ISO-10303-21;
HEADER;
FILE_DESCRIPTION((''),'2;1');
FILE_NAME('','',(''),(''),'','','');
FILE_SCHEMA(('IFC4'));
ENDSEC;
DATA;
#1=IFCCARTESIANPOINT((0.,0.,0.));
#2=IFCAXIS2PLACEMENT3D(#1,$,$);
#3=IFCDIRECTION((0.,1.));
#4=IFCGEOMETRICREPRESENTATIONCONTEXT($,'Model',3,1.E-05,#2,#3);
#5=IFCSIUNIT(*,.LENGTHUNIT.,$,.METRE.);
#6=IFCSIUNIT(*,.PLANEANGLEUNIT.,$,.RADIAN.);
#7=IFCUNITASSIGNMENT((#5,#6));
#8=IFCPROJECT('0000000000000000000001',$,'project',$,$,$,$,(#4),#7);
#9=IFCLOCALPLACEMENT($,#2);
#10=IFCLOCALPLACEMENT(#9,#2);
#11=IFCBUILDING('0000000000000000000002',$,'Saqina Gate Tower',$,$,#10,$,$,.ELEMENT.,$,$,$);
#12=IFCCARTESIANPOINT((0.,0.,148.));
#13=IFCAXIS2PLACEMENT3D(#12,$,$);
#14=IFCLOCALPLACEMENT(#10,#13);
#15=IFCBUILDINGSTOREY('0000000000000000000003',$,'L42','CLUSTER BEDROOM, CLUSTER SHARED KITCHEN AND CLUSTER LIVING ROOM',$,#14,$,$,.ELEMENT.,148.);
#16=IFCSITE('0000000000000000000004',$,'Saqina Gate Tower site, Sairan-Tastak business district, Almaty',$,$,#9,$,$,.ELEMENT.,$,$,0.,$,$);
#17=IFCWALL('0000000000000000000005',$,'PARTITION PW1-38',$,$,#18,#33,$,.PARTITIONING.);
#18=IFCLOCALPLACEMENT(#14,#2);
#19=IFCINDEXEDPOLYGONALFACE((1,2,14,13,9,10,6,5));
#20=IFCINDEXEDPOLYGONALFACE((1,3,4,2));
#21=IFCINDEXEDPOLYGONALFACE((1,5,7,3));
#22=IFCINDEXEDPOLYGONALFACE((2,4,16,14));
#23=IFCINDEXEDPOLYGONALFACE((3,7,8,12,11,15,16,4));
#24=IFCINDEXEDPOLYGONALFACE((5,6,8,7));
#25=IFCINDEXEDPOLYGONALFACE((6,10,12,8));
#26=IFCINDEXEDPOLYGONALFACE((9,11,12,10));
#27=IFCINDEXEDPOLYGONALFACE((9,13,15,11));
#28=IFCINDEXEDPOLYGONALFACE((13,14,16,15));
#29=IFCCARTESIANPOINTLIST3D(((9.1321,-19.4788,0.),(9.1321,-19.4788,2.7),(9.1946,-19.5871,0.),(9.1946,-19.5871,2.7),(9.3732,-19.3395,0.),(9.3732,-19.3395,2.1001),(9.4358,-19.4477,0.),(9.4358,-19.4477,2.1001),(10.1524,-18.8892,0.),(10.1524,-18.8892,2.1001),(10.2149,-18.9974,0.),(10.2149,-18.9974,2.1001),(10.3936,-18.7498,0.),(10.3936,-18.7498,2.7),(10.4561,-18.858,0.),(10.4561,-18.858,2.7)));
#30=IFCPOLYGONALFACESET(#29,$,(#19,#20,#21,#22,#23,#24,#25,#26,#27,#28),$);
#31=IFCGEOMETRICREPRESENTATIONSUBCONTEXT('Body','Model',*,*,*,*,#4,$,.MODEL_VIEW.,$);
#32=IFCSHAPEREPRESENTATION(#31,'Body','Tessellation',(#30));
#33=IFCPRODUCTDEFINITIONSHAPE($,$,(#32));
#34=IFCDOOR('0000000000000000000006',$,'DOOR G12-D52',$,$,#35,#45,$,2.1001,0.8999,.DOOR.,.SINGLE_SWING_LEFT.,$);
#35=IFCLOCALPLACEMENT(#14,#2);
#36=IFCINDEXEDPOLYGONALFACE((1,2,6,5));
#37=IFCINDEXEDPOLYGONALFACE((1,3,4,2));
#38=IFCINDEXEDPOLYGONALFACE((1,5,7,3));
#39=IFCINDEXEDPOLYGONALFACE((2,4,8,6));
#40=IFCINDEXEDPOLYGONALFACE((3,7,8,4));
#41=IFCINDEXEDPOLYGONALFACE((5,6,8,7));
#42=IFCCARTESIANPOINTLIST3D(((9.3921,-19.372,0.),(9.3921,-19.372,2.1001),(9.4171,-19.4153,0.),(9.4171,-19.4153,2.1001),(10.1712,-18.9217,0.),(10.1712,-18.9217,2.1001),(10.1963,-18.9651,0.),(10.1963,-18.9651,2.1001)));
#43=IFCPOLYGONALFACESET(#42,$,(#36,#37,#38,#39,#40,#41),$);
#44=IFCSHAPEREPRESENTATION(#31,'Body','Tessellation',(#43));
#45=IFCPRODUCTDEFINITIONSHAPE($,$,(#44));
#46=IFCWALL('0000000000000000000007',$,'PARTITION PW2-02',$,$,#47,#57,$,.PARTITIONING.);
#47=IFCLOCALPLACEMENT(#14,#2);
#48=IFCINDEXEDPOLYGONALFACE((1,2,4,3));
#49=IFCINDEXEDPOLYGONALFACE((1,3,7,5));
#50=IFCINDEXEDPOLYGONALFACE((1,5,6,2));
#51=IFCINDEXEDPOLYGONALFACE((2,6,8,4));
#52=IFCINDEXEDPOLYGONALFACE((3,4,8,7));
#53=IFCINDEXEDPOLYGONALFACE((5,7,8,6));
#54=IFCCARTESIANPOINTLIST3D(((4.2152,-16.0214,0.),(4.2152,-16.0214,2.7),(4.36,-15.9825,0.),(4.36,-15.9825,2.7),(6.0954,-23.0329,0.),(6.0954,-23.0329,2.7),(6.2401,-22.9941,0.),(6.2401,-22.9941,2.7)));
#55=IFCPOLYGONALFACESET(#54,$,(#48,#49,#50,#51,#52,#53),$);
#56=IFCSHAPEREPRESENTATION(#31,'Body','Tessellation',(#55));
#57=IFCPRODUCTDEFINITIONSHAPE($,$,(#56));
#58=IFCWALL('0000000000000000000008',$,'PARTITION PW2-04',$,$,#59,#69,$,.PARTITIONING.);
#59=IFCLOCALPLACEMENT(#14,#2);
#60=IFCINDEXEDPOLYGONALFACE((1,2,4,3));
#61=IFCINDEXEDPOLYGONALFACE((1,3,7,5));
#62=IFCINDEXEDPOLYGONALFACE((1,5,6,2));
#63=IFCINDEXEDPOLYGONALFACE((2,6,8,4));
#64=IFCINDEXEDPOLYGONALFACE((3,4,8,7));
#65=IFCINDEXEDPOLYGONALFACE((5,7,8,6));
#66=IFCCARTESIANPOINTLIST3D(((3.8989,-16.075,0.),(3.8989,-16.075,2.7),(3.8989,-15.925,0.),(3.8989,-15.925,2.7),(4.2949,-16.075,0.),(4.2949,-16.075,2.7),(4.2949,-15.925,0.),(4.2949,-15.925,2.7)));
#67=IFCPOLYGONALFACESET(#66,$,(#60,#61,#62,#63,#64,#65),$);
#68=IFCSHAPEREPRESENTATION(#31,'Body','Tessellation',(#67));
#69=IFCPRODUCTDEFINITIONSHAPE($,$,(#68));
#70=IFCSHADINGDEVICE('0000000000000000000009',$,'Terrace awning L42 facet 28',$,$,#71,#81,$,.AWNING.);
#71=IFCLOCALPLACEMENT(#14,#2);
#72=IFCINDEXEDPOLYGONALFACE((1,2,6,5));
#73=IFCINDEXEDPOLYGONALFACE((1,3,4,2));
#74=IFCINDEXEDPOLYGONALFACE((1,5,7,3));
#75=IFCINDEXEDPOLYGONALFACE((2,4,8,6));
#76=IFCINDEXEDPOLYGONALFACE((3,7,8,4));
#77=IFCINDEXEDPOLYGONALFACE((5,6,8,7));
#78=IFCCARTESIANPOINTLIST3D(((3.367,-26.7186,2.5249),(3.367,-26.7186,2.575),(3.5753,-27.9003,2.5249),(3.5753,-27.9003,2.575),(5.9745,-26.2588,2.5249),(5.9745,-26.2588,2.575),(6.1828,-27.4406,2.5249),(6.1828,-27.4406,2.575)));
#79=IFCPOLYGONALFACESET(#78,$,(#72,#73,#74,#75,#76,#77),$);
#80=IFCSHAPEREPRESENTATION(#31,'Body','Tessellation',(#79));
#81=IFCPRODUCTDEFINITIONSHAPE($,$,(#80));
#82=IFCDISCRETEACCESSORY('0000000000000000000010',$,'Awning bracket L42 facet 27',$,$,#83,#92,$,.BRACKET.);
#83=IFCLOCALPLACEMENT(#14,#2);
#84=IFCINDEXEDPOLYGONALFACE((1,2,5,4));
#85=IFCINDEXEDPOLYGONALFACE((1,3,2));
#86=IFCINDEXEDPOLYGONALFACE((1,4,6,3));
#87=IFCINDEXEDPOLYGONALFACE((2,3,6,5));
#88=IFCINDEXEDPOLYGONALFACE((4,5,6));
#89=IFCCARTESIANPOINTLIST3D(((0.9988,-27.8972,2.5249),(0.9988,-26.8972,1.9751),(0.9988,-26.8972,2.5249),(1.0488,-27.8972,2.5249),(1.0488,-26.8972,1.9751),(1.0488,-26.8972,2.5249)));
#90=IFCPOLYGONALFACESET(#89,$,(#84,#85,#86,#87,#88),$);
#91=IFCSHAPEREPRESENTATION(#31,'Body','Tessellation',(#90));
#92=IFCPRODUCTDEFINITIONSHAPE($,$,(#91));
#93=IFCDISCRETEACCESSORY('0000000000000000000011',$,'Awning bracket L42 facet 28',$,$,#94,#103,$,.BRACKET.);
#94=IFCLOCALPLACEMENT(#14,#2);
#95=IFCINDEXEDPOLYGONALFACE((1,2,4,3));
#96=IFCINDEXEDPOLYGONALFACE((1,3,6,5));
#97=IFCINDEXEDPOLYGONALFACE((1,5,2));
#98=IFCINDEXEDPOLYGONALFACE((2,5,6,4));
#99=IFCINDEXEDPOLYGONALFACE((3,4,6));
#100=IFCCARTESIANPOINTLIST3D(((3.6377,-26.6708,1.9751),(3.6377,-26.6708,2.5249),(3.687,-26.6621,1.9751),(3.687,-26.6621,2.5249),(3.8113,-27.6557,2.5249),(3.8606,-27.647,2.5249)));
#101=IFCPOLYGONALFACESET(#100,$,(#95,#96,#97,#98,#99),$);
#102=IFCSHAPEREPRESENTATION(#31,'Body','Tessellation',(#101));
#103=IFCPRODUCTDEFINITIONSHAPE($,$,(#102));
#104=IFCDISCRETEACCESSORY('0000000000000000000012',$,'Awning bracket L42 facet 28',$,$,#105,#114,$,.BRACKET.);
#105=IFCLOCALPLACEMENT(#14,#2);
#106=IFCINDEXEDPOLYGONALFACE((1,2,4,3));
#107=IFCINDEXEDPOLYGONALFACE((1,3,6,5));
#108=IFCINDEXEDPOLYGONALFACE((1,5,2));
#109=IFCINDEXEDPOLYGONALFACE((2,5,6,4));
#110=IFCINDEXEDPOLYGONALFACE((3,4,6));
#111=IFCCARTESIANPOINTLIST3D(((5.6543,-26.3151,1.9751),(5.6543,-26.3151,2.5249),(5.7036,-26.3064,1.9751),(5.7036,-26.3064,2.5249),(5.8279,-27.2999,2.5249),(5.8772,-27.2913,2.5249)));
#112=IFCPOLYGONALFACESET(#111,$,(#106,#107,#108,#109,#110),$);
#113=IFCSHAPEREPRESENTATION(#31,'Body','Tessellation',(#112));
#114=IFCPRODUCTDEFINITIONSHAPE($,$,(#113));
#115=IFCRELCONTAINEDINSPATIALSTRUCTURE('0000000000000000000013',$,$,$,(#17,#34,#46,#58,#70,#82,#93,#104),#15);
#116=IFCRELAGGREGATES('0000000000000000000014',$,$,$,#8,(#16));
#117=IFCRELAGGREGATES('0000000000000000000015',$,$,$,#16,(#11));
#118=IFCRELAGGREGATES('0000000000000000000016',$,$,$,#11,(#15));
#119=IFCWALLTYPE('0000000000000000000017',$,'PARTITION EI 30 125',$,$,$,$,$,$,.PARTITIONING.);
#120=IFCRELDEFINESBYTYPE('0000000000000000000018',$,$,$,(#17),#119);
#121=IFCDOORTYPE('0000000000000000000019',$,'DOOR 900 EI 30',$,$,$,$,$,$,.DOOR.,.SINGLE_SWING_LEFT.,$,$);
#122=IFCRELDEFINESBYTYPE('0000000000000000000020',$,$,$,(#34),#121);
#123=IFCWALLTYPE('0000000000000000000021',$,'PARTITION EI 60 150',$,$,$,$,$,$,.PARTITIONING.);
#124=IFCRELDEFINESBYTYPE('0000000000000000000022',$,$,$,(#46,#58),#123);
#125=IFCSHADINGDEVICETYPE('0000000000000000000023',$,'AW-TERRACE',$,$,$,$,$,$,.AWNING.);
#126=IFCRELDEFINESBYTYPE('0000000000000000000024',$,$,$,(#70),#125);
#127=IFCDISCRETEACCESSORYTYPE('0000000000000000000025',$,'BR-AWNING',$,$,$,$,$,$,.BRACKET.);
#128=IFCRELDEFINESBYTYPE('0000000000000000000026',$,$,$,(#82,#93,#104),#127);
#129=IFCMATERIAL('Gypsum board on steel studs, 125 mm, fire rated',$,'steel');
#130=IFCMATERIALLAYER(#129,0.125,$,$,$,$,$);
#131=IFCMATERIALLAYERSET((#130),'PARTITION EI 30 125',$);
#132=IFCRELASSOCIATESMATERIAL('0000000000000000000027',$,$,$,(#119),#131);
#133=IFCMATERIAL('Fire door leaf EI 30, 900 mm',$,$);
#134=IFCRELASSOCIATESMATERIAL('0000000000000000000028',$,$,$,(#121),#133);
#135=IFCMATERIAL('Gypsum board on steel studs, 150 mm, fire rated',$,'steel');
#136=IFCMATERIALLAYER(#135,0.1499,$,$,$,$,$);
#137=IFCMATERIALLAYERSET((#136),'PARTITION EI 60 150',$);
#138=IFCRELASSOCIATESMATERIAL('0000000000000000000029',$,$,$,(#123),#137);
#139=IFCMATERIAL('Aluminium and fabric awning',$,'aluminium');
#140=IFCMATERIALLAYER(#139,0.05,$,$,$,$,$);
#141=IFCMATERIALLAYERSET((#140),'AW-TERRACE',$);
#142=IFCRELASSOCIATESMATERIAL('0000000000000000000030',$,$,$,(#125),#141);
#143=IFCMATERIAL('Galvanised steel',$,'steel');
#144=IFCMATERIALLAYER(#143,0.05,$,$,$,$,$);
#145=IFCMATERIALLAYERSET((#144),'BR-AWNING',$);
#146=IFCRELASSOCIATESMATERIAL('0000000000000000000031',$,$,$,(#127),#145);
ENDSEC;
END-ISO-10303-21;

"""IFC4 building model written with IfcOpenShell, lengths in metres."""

from ifc_helpers import new_model, si_unit, direction, frame, frame_2d, origin, origin_2d, place, context, subcontext, project, spatial, polyline, rectangle, outline, extrude, material, layer, layer_set, type_object, element, fill, save


model = new_model("IFC4")

# Units and contexts
model_context = context("Model", 3, precision=1e-05, world=origin(), true_north=direction((0.0, 1.0)))
body_context = subcontext(model_context, "Body", "Model", "MODEL_VIEW")
ifc_project = project(units=[si_unit("LENGTHUNIT", "METRE"), si_unit("PLANEANGLEUNIT", "RADIAN")], contexts=[model_context])

# Site, building, storey
site_placement = place(None, origin())
site = spatial("IfcSite", under=ifc_project, at=site_placement, Name="Saqina Gate Tower site, Sairan-Tastak business district, Almaty", CompositionType="ELEMENT", RefElevation=0.0)
building_placement = place(site_placement, origin())
building = spatial("IfcBuilding", under=site, at=building_placement, Name="Saqina Gate Tower", CompositionType="ELEMENT")
storey_placement = place(building_placement, frame((0.0, 0.0, 148.0)))
storey = spatial("IfcBuildingStorey", under=building, at=storey_placement, Name="L42", Description="CLUSTER BEDROOM, CLUSTER SHARED KITCHEN AND CLUSTER LIVING ROOM", CompositionType="ELEMENT", Elevation=148.0)

# Shared definitions
ifc_material_1 = material(Name="Gypsum board on steel studs, 125 mm, fire rated", Category="steel")
ifc_layer_1 = layer(ifc_material_1, 0.125)
ifc_layer_set_1 = layer_set([ifc_layer_1], Name="PARTITION EI 30 125")
wall_type_1 = type_object("IfcWallType", Name="PARTITION EI 30 125", PredefinedType="PARTITIONING", material=ifc_layer_set_1)

# Shared definitions
ifc_material_2 = material(Name="Fire door leaf EI 30, 900 mm")
door_type_1 = type_object("IfcDoorType", Name="DOOR 900 EI 30", OperationType="SINGLE_SWING_LEFT", PredefinedType="DOOR", material=ifc_material_2)

# Wall, opening, door
wall_1_placement = place(storey_placement, frame((9.1633, -19.533, 0.0), z_axis=(0.0, 0.0, 1.0), x_axis=(0.86582, 0.500356, 0.0)))
wall_1 = element("IfcWall", 1, at=wall_1_placement, inside=storey, type_object=wall_type_1, Name="PARTITION PW1-38", PredefinedType="PARTITIONING", context=body_context, shape_type="SweptSolid", body=[
    extrude(rectangle(XDim=1.457, YDim=0.125, at=frame_2d((0.7285, 0.0))), origin(), (0.0, 0.0, 1.0), 2.7),
])
opening_1_placement = place(wall_1_placement, frame((0.2786, 0.0, 0.0)))
opening_1 = element("IfcOpeningElement", 2, at=opening_1_placement, cuts=wall_1, PredefinedType="OPENING", context=body_context, shape_type="SweptSolid", body=[
    extrude(rectangle(XDim=0.8999, YDim=2.1001, at=frame_2d((0.45, 1.05))), frame((0.0, 0.0745, 0.0), z_axis=(0.0, -1.0, 0.0), x_axis=(1.0, 0.0, 0.0)), (0.0, 0.0, 1.0), 0.1489),
])
door_1_placement = place(opening_1_placement, origin())
door_1 = element("IfcDoor", 3, at=door_1_placement, inside=storey, type_object=door_type_1, Name="DOOR G12-D52", OperationType="SINGLE_SWING_LEFT", OverallHeight=2.1001, OverallWidth=0.8999, PredefinedType="DOOR", context=body_context, shape_type="SweptSolid", body=[
    extrude(rectangle(XDim=0.8999, YDim=2.1001, at=frame_2d((0.45, 1.05))), frame((0.0, 0.0249, 0.0), z_axis=(0.0, -1.0, 0.0), x_axis=(1.0, 0.0, 0.0)), (0.0, 0.0, 1.0), 0.05),
])
fill(opening_1, door_1)

# Walls
ifc_material_3 = material(Name="Gypsum board on steel studs, 150 mm, fire rated", Category="steel")
ifc_layer_2 = layer(ifc_material_3, 0.1499)
ifc_layer_set_2 = layer_set([ifc_layer_2], Name="PARTITION EI 60 150")
wall_type_2 = type_object("IfcWallType", Name="PARTITION EI 60 150", PredefinedType="PARTITIONING", material=ifc_layer_set_2)
wall_2_placement = place(storey_placement, frame((4.2876, -16.002, 0.0), z_axis=(0.0, 0.0, 1.0), x_axis=(0.259, -0.965877, 0.0)))
element("IfcWall", 4, at=wall_2_placement, inside=storey, type_object=wall_type_2, Name="PARTITION PW2-02", PredefinedType="PARTITIONING", context=body_context, shape_type="SweptSolid", body=[
    extrude(rectangle(XDim=7.2593, YDim=0.1499, at=frame_2d((3.6296, 0.0))), origin(), (0.0, 0.0, 1.0), 2.7),
])
wall_3_placement = place(storey_placement, frame((3.8989, -16.0, 0.0), z_axis=(0.0, 0.0, 1.0), x_axis=(1.0, 0.0, 0.0)))
element("IfcWall", 5, at=wall_3_placement, inside=storey, type_object=wall_type_2, Name="PARTITION PW2-04", PredefinedType="PARTITIONING", context=body_context, shape_type="SweptSolid", body=[
    extrude(rectangle(XDim=0.396, YDim=0.1499, at=frame_2d((0.198, 0.0))), origin(), (0.0, 0.0, 1.0), 2.7),
])

# Shading device
ifc_material_4 = material(Name="Aluminium and fabric awning", Category="aluminium")
ifc_layer_3 = layer(ifc_material_4, 0.05)
ifc_layer_set_3 = layer_set([ifc_layer_3], Name="AW-TERRACE")
shading_device_type = type_object("IfcShadingDeviceType", Name="AW-TERRACE", PredefinedType="AWNING", material=ifc_layer_set_3)
shading_device_placement = place(storey_placement, frame((4.7749, -27.0796, 2.5249), z_axis=(0.0, 0.0, 1.0), x_axis=(0.984808, 0.173648, 0.0)))
element("IfcShadingDevice", 6, at=shading_device_placement, inside=storey, type_object=shading_device_type, Name="Terrace awning L42 facet 28", PredefinedType="AWNING", context=body_context, shape_type="SweptSolid", body=[
    extrude(rectangle(XDim=2.6477, YDim=1.2, at=origin_2d()), origin(), (0.0, 0.0, 1.0), 0.05),
])

# Discrete accessories
ifc_material_5 = material(Name="Galvanised steel", Category="steel")
ifc_layer_4 = layer(ifc_material_5, 0.05)
ifc_layer_set_4 = layer_set([ifc_layer_4], Name="BR-AWNING")
discrete_accessory_type = type_object("IfcDiscreteAccessoryType", Name="BR-AWNING", PredefinedType="BRACKET", material=ifc_layer_set_4)
discrete_accessory_placement = place(storey_placement, frame((1.0488, -26.8972, 1.9751), z_axis=(1.0, 0.0, 0.0), x_axis=(0.0, 0.0, 1.0)))
element("IfcDiscreteAccessory", 7, at=discrete_accessory_placement, inside=storey, type_object=discrete_accessory_type, Name="Awning bracket L42 facet 27", PredefinedType="BRACKET", context=body_context, shape_type="SweptSolid", body=[
    extrude(outline(polyline([(0.0, 0.0), (0.5498, 0.0), (0.5498, 1.0), (0.0, 0.0)])), origin(), (0.0, 0.0, -1.0), 0.05),
])
for number, where, z_axis, x_axis, name in (
    (8, (3.687, -26.6621, 1.9751), (0.98482, 0.173576, 0.0), (0.0, 0.0, 1.0), "Awning bracket L42 facet 28"),
    (9, (5.7036, -26.3064, 1.9751), (0.98482, 0.173576, 0.0), (0.0, 0.0, 1.0), "Awning bracket L42 facet 28"),
):
    element("IfcDiscreteAccessory", number, at=place(storey_placement, frame(where, z_axis=z_axis, x_axis=x_axis)), inside=storey, type_object=discrete_accessory_type, Name=name, PredefinedType="BRACKET", context=body_context, shape_type="SweptSolid", body=[
        extrude(outline(polyline([(0.0, 0.0), (0.5498, 0.0), (0.5498, 1.0), (0.0, 0.0)])), origin(), (0.0, 0.0, -1.0), 0.05),
    ])

save(model, "model.ifc")
